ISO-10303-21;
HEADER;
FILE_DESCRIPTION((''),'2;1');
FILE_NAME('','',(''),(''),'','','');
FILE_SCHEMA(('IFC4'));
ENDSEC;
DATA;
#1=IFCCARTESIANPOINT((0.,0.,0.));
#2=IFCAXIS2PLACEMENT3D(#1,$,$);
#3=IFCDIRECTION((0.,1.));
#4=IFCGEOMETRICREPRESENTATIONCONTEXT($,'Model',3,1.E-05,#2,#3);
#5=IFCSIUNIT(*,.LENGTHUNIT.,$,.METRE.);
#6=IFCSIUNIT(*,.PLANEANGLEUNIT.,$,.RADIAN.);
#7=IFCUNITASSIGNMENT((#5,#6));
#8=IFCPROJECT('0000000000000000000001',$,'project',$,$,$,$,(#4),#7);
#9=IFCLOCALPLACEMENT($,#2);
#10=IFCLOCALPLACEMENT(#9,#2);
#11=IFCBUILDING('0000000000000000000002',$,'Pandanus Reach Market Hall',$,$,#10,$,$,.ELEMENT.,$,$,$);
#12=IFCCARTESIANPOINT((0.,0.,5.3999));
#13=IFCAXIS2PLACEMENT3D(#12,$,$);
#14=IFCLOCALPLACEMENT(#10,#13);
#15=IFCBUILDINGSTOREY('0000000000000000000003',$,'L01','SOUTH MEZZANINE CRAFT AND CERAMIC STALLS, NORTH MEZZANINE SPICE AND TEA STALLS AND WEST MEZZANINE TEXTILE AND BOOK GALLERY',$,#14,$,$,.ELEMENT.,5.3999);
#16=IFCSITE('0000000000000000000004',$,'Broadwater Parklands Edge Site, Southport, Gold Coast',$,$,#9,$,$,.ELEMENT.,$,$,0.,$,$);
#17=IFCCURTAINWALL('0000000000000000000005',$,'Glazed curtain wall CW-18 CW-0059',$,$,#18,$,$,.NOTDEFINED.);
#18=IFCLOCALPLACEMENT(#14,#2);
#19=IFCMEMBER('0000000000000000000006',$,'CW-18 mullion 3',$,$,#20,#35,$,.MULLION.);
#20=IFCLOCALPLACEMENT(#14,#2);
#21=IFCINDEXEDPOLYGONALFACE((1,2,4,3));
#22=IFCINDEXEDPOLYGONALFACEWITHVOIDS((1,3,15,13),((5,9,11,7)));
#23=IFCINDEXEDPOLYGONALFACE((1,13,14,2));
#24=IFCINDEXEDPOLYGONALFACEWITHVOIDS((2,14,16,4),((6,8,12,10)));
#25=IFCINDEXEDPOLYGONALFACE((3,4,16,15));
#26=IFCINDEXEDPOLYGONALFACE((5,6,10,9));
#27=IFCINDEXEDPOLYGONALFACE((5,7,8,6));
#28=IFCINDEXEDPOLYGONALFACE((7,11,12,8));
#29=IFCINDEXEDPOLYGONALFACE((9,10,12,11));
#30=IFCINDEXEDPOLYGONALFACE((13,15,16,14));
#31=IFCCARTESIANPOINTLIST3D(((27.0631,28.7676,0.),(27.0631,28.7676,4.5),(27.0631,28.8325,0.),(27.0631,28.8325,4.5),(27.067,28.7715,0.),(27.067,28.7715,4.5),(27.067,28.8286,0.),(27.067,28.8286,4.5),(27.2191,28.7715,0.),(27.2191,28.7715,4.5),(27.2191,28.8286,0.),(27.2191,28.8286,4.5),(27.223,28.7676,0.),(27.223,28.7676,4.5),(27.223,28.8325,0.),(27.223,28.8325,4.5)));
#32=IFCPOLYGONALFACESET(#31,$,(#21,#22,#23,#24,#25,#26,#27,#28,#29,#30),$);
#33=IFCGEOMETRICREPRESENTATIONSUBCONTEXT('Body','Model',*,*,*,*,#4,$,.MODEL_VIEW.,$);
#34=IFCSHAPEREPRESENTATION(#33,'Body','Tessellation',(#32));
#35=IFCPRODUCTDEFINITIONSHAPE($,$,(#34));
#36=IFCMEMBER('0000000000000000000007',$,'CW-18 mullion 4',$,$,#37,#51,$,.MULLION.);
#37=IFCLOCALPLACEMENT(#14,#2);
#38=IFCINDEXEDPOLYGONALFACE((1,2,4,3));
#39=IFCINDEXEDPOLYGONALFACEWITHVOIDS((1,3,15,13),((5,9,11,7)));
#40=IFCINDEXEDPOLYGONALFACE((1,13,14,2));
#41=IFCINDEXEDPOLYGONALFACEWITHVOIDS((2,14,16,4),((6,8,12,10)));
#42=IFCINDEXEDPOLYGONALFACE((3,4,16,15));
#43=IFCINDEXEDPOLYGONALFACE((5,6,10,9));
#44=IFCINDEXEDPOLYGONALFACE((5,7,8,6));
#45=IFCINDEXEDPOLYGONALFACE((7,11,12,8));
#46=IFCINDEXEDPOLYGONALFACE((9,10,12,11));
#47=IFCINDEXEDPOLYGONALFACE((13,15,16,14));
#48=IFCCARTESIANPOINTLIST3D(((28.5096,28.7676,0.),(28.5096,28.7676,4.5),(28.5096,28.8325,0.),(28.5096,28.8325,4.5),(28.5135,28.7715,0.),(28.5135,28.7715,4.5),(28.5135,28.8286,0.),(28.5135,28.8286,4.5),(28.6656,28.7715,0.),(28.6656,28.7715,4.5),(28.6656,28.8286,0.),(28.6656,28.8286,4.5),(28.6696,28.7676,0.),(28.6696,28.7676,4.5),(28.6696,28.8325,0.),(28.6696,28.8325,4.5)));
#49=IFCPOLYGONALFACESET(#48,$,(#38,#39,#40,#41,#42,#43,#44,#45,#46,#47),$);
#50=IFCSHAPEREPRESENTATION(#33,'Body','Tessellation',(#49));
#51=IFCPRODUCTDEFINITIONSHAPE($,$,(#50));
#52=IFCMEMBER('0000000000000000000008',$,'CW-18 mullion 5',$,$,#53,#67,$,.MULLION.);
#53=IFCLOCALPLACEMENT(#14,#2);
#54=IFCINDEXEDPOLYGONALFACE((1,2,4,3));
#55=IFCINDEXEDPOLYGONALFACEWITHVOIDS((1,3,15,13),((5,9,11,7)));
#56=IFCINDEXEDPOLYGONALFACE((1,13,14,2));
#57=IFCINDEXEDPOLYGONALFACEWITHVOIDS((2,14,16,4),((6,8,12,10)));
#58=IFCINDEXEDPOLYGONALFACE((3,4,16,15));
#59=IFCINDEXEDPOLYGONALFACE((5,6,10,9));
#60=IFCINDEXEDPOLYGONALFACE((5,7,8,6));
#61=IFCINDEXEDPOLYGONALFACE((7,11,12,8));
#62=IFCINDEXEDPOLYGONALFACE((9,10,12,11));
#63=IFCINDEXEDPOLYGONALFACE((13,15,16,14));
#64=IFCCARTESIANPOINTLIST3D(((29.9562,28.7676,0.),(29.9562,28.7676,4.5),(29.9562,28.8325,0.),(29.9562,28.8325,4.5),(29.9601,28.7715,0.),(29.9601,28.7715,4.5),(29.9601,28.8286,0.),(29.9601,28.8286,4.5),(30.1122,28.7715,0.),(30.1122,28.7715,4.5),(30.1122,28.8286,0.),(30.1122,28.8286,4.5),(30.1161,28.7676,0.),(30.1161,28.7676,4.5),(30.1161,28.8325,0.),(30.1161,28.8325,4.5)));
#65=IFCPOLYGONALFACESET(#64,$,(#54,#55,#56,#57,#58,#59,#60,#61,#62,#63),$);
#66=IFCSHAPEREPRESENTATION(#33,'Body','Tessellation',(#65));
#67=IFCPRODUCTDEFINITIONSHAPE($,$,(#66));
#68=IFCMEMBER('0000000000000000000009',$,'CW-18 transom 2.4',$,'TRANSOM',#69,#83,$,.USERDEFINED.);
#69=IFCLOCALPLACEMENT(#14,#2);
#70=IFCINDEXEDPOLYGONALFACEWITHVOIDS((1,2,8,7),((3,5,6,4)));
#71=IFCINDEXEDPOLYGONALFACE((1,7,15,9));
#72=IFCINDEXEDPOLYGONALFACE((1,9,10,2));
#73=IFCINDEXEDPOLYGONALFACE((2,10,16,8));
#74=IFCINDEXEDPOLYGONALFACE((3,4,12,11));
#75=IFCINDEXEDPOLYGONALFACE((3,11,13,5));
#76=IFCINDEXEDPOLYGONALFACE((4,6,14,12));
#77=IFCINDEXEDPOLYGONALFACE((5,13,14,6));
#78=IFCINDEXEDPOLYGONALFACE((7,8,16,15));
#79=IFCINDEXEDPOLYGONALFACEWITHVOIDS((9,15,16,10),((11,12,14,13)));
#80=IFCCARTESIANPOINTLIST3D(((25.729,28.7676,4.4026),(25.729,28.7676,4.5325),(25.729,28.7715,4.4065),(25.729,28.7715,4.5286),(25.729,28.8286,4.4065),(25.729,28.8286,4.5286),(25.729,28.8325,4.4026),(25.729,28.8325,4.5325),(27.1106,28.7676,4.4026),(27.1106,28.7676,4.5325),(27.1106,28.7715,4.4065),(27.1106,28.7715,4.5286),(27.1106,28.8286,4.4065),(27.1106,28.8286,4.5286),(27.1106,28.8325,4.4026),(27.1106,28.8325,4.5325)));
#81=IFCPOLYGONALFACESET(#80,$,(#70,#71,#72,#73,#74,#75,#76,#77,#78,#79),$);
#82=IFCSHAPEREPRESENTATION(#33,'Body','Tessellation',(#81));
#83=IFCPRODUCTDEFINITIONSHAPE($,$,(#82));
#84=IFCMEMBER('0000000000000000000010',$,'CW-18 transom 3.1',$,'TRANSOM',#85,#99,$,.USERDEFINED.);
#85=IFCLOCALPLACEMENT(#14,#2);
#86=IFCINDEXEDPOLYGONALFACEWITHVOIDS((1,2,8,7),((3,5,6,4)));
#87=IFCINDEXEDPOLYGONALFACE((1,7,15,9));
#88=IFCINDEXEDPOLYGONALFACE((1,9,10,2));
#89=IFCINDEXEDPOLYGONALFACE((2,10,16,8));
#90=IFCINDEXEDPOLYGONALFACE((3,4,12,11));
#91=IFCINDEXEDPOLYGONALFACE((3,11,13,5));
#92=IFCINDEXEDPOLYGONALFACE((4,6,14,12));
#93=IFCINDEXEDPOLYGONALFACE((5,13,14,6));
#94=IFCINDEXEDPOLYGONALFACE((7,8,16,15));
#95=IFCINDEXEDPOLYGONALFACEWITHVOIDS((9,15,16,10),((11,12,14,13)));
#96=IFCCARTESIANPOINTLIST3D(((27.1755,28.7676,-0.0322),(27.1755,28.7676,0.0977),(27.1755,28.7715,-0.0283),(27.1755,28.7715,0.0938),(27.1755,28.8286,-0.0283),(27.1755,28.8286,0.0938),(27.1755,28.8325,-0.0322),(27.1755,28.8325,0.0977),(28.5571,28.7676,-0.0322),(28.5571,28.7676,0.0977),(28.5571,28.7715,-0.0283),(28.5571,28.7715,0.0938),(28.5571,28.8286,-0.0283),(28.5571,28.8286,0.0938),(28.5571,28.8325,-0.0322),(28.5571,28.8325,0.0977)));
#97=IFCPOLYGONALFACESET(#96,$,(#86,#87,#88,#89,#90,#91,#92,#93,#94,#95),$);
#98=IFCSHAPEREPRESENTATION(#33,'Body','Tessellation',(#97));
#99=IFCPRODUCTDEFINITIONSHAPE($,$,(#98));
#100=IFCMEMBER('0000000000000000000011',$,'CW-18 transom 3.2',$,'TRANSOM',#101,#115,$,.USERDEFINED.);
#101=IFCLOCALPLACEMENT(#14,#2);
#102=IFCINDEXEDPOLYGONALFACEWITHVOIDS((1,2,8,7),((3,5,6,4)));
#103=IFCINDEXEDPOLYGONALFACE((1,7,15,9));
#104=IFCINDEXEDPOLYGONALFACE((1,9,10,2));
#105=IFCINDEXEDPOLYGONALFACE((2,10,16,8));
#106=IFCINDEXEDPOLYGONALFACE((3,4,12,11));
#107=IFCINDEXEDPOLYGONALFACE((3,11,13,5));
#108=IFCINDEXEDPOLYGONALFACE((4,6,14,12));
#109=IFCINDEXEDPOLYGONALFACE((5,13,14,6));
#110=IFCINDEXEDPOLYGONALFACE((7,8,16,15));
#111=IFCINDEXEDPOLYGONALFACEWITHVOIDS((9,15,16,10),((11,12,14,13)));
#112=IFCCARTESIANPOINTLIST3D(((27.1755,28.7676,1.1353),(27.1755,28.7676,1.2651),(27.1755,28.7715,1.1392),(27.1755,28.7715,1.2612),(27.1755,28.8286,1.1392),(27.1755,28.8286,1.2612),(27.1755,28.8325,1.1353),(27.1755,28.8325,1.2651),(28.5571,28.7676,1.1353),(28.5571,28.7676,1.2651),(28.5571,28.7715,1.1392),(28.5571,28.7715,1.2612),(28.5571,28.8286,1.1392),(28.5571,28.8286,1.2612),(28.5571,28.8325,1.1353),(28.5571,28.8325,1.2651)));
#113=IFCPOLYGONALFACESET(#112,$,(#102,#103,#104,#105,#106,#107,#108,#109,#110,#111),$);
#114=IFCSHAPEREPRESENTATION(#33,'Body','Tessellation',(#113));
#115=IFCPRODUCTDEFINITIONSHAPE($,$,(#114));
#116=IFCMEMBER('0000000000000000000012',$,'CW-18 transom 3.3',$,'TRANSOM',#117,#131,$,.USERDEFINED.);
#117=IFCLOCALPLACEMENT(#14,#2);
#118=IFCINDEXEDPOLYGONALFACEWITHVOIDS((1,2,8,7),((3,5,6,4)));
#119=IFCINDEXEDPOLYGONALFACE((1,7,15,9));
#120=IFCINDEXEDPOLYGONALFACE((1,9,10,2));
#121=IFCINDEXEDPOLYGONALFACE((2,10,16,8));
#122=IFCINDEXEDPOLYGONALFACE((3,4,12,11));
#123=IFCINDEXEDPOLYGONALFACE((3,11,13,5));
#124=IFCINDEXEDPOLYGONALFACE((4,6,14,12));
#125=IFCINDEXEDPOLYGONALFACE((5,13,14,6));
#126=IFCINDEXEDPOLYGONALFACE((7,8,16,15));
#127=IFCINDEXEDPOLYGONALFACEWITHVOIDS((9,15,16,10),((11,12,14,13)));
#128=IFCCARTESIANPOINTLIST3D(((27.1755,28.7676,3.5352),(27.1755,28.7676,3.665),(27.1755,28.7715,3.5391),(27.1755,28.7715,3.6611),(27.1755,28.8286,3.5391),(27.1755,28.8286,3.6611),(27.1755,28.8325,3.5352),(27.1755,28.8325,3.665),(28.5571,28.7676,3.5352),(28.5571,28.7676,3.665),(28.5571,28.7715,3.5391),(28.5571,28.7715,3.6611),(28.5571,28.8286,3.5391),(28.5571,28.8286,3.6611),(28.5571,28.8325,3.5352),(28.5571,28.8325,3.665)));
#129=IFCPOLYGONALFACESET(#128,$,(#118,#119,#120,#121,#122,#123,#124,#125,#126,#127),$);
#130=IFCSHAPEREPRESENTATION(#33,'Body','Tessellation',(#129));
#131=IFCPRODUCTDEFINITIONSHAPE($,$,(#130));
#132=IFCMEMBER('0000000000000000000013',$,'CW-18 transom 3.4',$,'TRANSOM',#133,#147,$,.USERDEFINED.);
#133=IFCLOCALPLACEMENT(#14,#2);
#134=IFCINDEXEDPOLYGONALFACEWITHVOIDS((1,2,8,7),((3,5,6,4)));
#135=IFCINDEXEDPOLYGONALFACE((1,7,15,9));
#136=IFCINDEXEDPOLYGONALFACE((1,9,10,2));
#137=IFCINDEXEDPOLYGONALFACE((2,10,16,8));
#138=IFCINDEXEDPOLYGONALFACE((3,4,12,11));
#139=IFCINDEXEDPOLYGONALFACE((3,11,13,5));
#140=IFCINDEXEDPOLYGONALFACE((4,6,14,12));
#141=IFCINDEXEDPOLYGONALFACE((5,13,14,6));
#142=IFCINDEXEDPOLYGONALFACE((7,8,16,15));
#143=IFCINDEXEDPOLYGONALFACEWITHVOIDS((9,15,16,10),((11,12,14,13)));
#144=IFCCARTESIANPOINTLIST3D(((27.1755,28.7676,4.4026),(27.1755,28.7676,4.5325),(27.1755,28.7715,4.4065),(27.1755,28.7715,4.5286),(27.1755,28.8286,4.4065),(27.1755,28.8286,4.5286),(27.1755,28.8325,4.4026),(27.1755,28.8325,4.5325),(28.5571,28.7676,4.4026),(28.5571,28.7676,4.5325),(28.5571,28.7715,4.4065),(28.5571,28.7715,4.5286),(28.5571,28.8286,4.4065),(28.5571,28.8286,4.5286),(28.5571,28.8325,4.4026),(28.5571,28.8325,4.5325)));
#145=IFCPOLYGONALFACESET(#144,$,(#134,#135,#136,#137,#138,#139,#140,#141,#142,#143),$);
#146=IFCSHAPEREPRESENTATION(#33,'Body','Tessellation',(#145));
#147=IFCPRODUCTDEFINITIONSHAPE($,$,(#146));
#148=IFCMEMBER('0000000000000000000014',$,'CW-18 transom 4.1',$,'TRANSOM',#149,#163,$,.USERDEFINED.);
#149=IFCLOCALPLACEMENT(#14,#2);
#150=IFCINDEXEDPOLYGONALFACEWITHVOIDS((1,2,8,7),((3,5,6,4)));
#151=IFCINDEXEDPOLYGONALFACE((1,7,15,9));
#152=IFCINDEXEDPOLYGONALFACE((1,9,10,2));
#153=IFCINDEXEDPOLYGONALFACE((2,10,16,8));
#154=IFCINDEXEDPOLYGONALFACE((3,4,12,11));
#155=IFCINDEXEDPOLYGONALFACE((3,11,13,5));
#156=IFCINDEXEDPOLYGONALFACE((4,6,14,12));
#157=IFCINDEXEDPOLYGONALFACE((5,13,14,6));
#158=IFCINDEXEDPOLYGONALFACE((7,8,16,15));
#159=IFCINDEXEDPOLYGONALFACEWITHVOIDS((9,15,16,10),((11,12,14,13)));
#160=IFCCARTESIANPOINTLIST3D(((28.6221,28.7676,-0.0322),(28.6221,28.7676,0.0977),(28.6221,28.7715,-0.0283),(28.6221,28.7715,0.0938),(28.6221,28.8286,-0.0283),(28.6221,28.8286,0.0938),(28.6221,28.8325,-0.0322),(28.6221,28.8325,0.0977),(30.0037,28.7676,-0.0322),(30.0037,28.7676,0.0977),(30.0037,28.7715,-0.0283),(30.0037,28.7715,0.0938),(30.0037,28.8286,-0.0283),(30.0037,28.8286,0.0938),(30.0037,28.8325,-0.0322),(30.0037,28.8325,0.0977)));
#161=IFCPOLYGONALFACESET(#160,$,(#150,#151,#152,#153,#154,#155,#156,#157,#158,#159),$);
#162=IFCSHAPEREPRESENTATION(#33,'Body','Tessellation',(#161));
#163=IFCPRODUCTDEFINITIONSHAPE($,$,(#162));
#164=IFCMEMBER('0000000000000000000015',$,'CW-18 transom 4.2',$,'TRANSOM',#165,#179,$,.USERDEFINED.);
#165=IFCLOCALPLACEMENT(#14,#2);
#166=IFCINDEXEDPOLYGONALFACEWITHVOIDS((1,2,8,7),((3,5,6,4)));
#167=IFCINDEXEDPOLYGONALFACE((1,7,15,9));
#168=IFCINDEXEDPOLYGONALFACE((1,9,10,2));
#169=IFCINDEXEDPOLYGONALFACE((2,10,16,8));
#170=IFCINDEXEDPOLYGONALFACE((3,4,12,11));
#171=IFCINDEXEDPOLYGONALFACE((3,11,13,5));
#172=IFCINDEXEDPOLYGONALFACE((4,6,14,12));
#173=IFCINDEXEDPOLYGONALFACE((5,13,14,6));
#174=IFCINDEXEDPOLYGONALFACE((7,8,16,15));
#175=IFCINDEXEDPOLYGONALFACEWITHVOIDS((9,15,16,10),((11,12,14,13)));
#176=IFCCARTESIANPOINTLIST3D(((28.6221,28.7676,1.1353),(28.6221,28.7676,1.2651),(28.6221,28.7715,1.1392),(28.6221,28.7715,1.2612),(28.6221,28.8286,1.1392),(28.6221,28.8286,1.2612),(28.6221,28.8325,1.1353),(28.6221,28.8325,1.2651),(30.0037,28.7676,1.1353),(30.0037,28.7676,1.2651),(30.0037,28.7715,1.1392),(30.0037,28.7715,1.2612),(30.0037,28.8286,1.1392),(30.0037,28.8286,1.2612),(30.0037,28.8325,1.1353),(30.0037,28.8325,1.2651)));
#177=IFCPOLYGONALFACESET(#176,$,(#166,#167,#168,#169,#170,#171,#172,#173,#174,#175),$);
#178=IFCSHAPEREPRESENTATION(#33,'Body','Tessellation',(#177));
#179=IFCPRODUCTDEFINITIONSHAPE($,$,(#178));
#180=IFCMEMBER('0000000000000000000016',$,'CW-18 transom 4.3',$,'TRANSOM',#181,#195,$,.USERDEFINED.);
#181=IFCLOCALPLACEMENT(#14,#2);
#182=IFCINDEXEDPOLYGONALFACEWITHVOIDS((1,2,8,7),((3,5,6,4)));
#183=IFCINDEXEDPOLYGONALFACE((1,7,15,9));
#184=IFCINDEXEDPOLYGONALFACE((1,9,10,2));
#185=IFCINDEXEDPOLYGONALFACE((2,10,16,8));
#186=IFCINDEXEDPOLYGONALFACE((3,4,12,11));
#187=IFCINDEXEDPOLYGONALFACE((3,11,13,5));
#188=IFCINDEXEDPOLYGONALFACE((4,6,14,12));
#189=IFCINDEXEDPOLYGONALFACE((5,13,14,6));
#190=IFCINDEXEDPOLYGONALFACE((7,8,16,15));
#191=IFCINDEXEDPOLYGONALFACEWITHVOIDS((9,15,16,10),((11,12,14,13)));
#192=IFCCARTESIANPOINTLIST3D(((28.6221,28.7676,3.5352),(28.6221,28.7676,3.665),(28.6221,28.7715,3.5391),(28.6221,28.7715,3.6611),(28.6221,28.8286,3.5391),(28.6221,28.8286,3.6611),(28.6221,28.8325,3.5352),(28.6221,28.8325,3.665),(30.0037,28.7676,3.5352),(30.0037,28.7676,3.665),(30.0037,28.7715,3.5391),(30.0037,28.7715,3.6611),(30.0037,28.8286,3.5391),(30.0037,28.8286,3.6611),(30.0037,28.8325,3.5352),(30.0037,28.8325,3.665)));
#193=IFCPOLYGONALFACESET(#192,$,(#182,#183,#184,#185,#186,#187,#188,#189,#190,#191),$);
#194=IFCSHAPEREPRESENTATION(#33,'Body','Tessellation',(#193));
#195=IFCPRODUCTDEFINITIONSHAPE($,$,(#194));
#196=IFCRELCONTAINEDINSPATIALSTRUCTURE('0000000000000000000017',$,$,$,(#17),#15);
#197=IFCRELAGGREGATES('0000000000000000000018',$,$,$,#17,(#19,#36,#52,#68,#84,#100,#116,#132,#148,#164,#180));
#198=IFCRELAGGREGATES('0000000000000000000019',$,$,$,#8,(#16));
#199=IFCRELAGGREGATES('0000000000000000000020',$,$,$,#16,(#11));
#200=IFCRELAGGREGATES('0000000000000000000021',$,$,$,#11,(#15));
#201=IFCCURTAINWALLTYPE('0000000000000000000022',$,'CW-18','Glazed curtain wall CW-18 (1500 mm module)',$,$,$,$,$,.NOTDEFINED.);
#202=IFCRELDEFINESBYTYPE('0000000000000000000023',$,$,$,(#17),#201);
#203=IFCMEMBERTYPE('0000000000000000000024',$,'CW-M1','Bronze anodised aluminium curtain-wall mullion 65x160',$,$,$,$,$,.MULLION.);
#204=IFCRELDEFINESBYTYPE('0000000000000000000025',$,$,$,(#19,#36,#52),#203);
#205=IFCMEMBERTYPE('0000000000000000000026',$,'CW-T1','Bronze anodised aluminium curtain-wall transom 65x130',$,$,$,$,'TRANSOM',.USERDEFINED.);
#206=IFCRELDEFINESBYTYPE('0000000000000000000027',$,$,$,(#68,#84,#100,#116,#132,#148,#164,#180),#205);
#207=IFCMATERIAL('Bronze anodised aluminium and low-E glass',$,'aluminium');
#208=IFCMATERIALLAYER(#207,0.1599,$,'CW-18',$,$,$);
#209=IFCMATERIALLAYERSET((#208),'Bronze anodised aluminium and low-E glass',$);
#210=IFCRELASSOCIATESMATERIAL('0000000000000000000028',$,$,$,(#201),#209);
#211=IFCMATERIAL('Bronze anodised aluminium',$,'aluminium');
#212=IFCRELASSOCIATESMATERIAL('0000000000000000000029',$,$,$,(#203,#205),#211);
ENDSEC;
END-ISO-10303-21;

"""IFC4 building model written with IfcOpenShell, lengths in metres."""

from ifc_helpers import new_model, si_unit, direction, frame, origin, origin_2d, place, context, subcontext, project, spatial, hollow_rectangle, extrude, material, layer, layer_set, material_profile, profile_set, type_object, element, aggregate, save


model = new_model("IFC4")

# Units and contexts
model_context = context("Model", 3, precision=1e-05, world=origin(), true_north=direction((0.0, 1.0)))
body_context = subcontext(model_context, "Body", "Model", "MODEL_VIEW")
ifc_project = project(units=[si_unit("LENGTHUNIT", "METRE"), si_unit("PLANEANGLEUNIT", "RADIAN")], contexts=[model_context])

# Site, building, storey
site_placement = place(None, origin())
site = spatial("IfcSite", under=ifc_project, at=site_placement, Name="Broadwater Parklands Edge Site, Southport, Gold Coast", CompositionType="ELEMENT", RefElevation=0.0)
building_placement = place(site_placement, origin())
building = spatial("IfcBuilding", under=site, at=building_placement, Name="Pandanus Reach Market Hall", CompositionType="ELEMENT")
storey_placement = place(building_placement, frame((0.0, 0.0, 5.3999)))
storey = spatial("IfcBuildingStorey", under=building, at=storey_placement, Name="L01", Description="SOUTH MEZZANINE CRAFT AND CERAMIC STALLS, NORTH MEZZANINE SPICE AND TEA STALLS AND WEST MEZZANINE TEXTILE AND BOOK GALLERY", CompositionType="ELEMENT", Elevation=5.3999)

# Curtain wall, members
ifc_material_1 = material(Name="Bronze anodised aluminium and low-E glass", Category="aluminium")
ifc_layer_1 = layer(ifc_material_1, 0.1599, Name="CW-18")
ifc_layer_set_1 = layer_set([ifc_layer_1], Name="Bronze anodised aluminium and low-E glass")
curtain_wall_type = type_object("IfcCurtainWallType", Name="CW-18", Description="Glazed curtain wall CW-18 (1500 mm module)", PredefinedType="NOTDEFINED", material=ifc_layer_set_1)
curtain_wall_placement = place(storey_placement, origin())
curtain_wall = element("IfcCurtainWall", 1, at=curtain_wall_placement, inside=storey, type_object=curtain_wall_type, Name="Glazed curtain wall CW-18 CW-0059", PredefinedType="NOTDEFINED")
ifc_material_2 = material(Name="Bronze anodised aluminium", Category="aluminium")
ifc_material_profile_1 = material_profile(ifc_material_2, hollow_rectangle(XDim=0.0649, YDim=0.1599, WallThickness=0.0039, at=origin_2d()), Name="ALU65x160", Category="LoadBearing")
ifc_profile_set_1 = profile_set([ifc_material_profile_1], Name="Bronze anodised aluminium")
member_type_1 = type_object("IfcMemberType", Name="CW-M1", Description="Bronze anodised aluminium curtain-wall mullion 65x160", PredefinedType="MULLION", material=ifc_profile_set_1)
member_1_placement = place(storey_placement, frame((27.1431, 28.8, 0.0), z_axis=(0.0, 0.0, 1.0), x_axis=(0.0, 1.0, 0.0)))
member_1 = element("IfcMember", 2, at=member_1_placement, type_object=member_type_1, Name="CW-18 mullion 3", PredefinedType="MULLION", context=body_context, shape_type="SweptSolid", body=[
    extrude(hollow_rectangle(XDim=0.0649, YDim=0.1599, WallThickness=0.0039, at=origin_2d()), origin(), (0.0, 0.0, 1.0), 4.5),
])
member_2_placement = place(storey_placement, frame((28.5896, 28.8, 0.0), z_axis=(0.0, 0.0, 1.0), x_axis=(0.0, 1.0, 0.0)))
member_2 = element("IfcMember", 3, at=member_2_placement, type_object=member_type_1, Name="CW-18 mullion 4", PredefinedType="MULLION", context=body_context, shape_type="SweptSolid", body=[
    extrude(hollow_rectangle(XDim=0.0649, YDim=0.1599, WallThickness=0.0039, at=origin_2d()), origin(), (0.0, 0.0, 1.0), 4.5),
])
member_3_placement = place(storey_placement, frame((30.0361, 28.8, 0.0), z_axis=(0.0, 0.0, 1.0), x_axis=(0.0, 1.0, 0.0)))
member_3 = element("IfcMember", 4, at=member_3_placement, type_object=member_type_1, Name="CW-18 mullion 5", PredefinedType="MULLION", context=body_context, shape_type="SweptSolid", body=[
    extrude(hollow_rectangle(XDim=0.0649, YDim=0.1599, WallThickness=0.0039, at=origin_2d()), origin(), (0.0, 0.0, 1.0), 4.5),
])
ifc_material_profile_2 = material_profile(ifc_material_2, hollow_rectangle(XDim=0.0649, YDim=0.1299, WallThickness=0.0039, at=origin_2d()), Name="ALU65x130", Category="LoadBearing")
ifc_profile_set_2 = profile_set([ifc_material_profile_2], Name="Bronze anodised aluminium")
member_type_2 = type_object("IfcMemberType", Name="CW-T1", Description="Bronze anodised aluminium curtain-wall transom 65x130", ElementType="TRANSOM", PredefinedType="USERDEFINED", material=ifc_profile_set_2)
member_4_placement = place(storey_placement, frame((25.729, 28.8, 4.4675), z_axis=(1.0, 0.0, 0.0), x_axis=(0.0, 1.0, 0.0)))
member_4 = element("IfcMember", 5, at=member_4_placement, type_object=member_type_2, Name="CW-18 transom 2.4", ObjectType="TRANSOM", PredefinedType="USERDEFINED", context=body_context, shape_type="SweptSolid", body=[
    extrude(hollow_rectangle(XDim=0.0649, YDim=0.1299, WallThickness=0.0039, at=origin_2d()), origin(), (0.0, 0.0, 1.0), 1.3816),
])
member_5_placement = place(storey_placement, frame((27.1755, 28.8, 0.0327), z_axis=(1.0, 0.0, 0.0), x_axis=(0.0, 1.0, 0.0)))
member_5 = element("IfcMember", 6, at=member_5_placement, type_object=member_type_2, Name="CW-18 transom 3.1", ObjectType="TRANSOM", PredefinedType="USERDEFINED", context=body_context, shape_type="SweptSolid", body=[
    extrude(hollow_rectangle(XDim=0.0649, YDim=0.1299, WallThickness=0.0039, at=origin_2d()), origin(), (0.0, 0.0, 1.0), 1.3816),
])
member_6_placement = place(storey_placement, frame((27.1755, 28.8, 1.2002), z_axis=(1.0, 0.0, 0.0), x_axis=(0.0, 1.0, 0.0)))
member_6 = element("IfcMember", 7, at=member_6_placement, type_object=member_type_2, Name="CW-18 transom 3.2", ObjectType="TRANSOM", PredefinedType="USERDEFINED", context=body_context, shape_type="SweptSolid", body=[
    extrude(hollow_rectangle(XDim=0.0649, YDim=0.1299, WallThickness=0.0039, at=origin_2d()), origin(), (0.0, 0.0, 1.0), 1.3816),
])
member_7_placement = place(storey_placement, frame((27.1755, 28.8, 3.6001), z_axis=(1.0, 0.0, 0.0), x_axis=(0.0, 1.0, 0.0)))
member_7 = element("IfcMember", 8, at=member_7_placement, type_object=member_type_2, Name="CW-18 transom 3.3", ObjectType="TRANSOM", PredefinedType="USERDEFINED", context=body_context, shape_type="SweptSolid", body=[
    extrude(hollow_rectangle(XDim=0.0649, YDim=0.1299, WallThickness=0.0039, at=origin_2d()), origin(), (0.0, 0.0, 1.0), 1.3816),
])
member_8_placement = place(storey_placement, frame((27.1755, 28.8, 4.4675), z_axis=(1.0, 0.0, 0.0), x_axis=(0.0, 1.0, 0.0)))
member_8 = element("IfcMember", 9, at=member_8_placement, type_object=member_type_2, Name="CW-18 transom 3.4", ObjectType="TRANSOM", PredefinedType="USERDEFINED", context=body_context, shape_type="SweptSolid", body=[
    extrude(hollow_rectangle(XDim=0.0649, YDim=0.1299, WallThickness=0.0039, at=origin_2d()), origin(), (0.0, 0.0, 1.0), 1.3816),
])
member_9_placement = place(storey_placement, frame((28.6221, 28.8, 0.0327), z_axis=(1.0, 0.0, 0.0), x_axis=(0.0, 1.0, 0.0)))
member_9 = element("IfcMember", 10, at=member_9_placement, type_object=member_type_2, Name="CW-18 transom 4.1", ObjectType="TRANSOM", PredefinedType="USERDEFINED", context=body_context, shape_type="SweptSolid", body=[
    extrude(hollow_rectangle(XDim=0.0649, YDim=0.1299, WallThickness=0.0039, at=origin_2d()), origin(), (0.0, 0.0, 1.0), 1.3816),
])
member_10_placement = place(storey_placement, frame((28.6221, 28.8, 1.2002), z_axis=(1.0, 0.0, 0.0), x_axis=(0.0, 1.0, 0.0)))
member_10 = element("IfcMember", 11, at=member_10_placement, type_object=member_type_2, Name="CW-18 transom 4.2", ObjectType="TRANSOM", PredefinedType="USERDEFINED", context=body_context, shape_type="SweptSolid", body=[
    extrude(hollow_rectangle(XDim=0.0649, YDim=0.1299, WallThickness=0.0039, at=origin_2d()), origin(), (0.0, 0.0, 1.0), 1.3816),
])
member_11_placement = place(storey_placement, frame((28.6221, 28.8, 3.6001), z_axis=(1.0, 0.0, 0.0), x_axis=(0.0, 1.0, 0.0)))
member_11 = element("IfcMember", 12, at=member_11_placement, type_object=member_type_2, Name="CW-18 transom 4.3", ObjectType="TRANSOM", PredefinedType="USERDEFINED", context=body_context, shape_type="SweptSolid", body=[
    extrude(hollow_rectangle(XDim=0.0649, YDim=0.1299, WallThickness=0.0039, at=origin_2d()), origin(), (0.0, 0.0, 1.0), 1.3816),
])
aggregate(curtain_wall, [member_1, member_2, member_3, member_4, member_5, member_6, member_7, member_8, member_9, member_10, member_11])

save(model, "model.ifc")
